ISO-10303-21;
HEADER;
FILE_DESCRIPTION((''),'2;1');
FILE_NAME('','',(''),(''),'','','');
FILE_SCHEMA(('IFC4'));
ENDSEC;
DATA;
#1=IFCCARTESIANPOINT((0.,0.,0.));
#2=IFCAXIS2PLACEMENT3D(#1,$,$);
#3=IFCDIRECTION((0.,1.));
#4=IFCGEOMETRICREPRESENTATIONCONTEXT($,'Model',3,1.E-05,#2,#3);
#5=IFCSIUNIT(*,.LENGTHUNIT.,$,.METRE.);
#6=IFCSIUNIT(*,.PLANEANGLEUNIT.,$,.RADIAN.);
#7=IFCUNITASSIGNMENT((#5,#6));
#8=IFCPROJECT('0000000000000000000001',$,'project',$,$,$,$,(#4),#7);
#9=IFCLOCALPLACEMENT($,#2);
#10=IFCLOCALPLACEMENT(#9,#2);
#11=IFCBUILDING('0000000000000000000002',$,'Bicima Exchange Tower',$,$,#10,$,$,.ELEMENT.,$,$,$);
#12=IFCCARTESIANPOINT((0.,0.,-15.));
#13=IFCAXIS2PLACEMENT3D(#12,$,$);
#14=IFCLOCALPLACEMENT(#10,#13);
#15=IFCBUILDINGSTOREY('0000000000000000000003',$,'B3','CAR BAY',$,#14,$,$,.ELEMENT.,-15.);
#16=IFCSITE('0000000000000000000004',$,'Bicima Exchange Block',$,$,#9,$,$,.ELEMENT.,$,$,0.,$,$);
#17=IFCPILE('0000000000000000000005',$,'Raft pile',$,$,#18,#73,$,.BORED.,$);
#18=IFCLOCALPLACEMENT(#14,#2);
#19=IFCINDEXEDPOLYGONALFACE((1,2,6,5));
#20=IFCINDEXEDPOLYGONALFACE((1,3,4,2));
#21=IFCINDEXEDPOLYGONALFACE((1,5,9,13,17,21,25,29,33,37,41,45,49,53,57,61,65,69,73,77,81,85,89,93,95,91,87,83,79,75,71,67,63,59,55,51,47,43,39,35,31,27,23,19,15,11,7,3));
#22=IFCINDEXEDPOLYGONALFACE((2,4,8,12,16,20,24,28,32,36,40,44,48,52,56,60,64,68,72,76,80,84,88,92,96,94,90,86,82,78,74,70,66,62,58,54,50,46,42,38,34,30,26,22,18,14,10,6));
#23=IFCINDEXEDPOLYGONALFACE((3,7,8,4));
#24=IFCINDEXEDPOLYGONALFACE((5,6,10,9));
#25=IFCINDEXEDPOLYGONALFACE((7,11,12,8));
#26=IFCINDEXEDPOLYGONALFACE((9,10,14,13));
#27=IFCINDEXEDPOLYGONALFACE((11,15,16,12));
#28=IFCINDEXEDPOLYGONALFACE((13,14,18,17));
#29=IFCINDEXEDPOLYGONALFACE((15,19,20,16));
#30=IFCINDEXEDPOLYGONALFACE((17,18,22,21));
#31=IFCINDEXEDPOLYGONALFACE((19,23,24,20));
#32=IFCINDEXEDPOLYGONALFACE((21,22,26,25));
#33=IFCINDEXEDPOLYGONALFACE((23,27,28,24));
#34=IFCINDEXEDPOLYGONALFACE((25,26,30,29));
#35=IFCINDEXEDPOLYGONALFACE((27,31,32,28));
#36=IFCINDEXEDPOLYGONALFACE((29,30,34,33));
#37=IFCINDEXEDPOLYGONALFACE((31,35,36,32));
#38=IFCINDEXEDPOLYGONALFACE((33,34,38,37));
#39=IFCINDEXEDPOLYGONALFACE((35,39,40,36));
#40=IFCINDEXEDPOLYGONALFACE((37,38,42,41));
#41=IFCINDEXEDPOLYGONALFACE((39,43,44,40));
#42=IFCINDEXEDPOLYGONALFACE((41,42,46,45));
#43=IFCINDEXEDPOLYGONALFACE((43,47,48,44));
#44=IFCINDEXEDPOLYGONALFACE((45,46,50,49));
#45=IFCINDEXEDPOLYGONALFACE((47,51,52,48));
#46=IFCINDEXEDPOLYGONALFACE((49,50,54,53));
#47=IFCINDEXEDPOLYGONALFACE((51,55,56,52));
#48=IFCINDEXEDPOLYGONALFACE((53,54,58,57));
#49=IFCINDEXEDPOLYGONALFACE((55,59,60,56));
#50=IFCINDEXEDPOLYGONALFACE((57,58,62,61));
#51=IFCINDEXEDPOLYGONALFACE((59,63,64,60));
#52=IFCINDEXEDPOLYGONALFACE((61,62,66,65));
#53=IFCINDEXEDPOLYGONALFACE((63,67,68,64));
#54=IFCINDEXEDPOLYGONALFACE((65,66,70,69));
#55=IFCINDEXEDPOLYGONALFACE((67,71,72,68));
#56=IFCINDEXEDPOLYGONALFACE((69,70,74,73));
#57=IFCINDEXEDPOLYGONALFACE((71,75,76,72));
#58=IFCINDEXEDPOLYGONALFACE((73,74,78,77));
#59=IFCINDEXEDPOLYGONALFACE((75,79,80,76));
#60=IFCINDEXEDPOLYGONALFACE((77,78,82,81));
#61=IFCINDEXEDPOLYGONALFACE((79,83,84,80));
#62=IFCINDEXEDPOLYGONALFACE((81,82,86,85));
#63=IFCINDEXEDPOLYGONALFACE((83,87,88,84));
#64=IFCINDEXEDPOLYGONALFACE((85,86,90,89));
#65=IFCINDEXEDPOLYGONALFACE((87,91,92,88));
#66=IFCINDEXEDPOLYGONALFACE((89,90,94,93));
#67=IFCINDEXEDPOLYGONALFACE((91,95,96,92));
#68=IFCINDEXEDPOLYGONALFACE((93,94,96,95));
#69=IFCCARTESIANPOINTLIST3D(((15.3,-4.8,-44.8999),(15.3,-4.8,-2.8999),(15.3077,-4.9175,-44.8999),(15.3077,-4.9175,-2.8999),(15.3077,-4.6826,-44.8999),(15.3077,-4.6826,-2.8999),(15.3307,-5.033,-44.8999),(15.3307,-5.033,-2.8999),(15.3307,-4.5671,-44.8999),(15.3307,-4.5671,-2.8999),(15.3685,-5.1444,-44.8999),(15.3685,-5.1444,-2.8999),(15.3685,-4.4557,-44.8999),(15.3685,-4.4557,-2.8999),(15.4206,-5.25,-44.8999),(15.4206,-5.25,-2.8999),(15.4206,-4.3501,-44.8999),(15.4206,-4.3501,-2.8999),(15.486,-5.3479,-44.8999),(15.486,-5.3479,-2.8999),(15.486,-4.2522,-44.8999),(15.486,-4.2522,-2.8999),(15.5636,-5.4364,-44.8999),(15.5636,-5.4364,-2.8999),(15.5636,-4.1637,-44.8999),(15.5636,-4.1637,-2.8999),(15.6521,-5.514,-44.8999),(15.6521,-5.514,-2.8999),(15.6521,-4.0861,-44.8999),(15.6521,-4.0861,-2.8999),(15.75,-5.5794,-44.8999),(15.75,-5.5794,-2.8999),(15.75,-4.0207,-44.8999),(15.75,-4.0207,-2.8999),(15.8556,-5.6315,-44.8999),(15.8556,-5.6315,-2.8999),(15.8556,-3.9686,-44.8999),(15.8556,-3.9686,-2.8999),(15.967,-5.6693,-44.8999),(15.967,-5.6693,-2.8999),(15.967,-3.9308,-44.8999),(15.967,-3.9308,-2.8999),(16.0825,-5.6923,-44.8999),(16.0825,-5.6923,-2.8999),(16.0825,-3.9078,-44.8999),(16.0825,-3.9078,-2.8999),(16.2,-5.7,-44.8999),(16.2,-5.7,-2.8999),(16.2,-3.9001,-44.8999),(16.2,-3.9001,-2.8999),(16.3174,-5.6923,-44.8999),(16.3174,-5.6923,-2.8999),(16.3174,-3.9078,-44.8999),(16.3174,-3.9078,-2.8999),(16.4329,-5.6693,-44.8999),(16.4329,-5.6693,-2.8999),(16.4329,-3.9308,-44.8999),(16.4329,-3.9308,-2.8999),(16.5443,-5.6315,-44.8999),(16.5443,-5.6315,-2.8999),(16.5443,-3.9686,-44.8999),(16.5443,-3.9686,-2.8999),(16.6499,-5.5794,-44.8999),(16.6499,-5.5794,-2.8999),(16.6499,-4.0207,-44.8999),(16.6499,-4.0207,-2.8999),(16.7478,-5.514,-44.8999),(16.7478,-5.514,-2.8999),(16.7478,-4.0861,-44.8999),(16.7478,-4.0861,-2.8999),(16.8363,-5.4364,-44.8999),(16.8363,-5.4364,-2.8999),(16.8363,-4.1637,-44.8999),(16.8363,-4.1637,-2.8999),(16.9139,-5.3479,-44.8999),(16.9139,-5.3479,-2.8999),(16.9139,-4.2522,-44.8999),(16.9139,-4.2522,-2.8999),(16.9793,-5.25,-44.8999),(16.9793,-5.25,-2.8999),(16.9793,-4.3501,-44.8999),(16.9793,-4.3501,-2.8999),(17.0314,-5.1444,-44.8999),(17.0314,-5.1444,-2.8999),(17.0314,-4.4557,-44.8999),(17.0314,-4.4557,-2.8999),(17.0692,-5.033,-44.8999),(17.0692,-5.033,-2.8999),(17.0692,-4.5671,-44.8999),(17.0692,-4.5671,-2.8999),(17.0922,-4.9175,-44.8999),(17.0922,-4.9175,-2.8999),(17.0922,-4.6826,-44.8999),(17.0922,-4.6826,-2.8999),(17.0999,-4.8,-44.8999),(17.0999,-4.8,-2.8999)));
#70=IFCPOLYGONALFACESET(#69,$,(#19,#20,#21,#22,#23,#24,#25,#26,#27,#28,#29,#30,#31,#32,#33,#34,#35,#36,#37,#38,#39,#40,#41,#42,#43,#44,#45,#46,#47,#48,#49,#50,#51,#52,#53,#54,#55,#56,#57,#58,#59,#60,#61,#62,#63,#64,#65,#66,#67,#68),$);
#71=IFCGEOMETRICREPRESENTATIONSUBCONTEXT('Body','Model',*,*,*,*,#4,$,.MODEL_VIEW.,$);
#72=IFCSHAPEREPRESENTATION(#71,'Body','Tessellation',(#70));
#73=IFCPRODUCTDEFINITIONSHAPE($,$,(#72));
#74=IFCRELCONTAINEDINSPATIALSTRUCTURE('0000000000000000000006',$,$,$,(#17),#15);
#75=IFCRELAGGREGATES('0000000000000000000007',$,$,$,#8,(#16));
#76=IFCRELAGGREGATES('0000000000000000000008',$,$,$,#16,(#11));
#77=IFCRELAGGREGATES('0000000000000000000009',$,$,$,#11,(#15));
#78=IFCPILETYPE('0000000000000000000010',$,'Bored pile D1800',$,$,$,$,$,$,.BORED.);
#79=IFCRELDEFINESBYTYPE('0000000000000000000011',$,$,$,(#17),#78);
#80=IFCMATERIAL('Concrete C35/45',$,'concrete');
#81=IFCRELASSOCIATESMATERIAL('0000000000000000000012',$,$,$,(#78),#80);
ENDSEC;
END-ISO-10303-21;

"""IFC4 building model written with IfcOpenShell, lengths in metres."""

from ifc_helpers import new_model, si_unit, direction, frame, origin, origin_2d, place, context, subcontext, project, spatial, circle, extrude, material, material_profile, profile_set, type_object, element, save


model = new_model("IFC4")

# Units and contexts
model_context = context("Model", 3, precision=1e-05, world=origin(), true_north=direction((0.0, 1.0)))
body_context = subcontext(model_context, "Body", "Model", "MODEL_VIEW")
ifc_project = project(units=[si_unit("LENGTHUNIT", "METRE"), si_unit("PLANEANGLEUNIT", "RADIAN")], contexts=[model_context])

# Site, building, storey
site_placement = place(None, origin())
site = spatial("IfcSite", under=ifc_project, at=site_placement, Name="Bicima Exchange Block", CompositionType="ELEMENT", RefElevation=0.0)
building_placement = place(site_placement, origin())
building = spatial("IfcBuilding", under=site, at=building_placement, Name="Bicima Exchange Tower", CompositionType="ELEMENT")
storey_placement = place(building_placement, frame((0.0, 0.0, -15.0)))
storey = spatial("IfcBuildingStorey", under=building, at=storey_placement, Name="B3", Description="CAR BAY", CompositionType="ELEMENT", Elevation=-15.0)

# Pile
ifc_material_1 = material(Name="Concrete C35/45", Category="concrete")
ifc_material_profile = material_profile(ifc_material_1, circle(Radius=0.8999, at=origin_2d()))
ifc_profile_set = profile_set([ifc_material_profile], Name="Concrete C35/45")
pile_type = type_object("IfcPileType", Name="Bored pile D1800", PredefinedType="BORED", material=ifc_profile_set)
for number, where, z_axis, x_axis, name in (
    (1, (16.2, -4.8, -2.8999), (0.0, 0.0, -1.0), (1.0, 0.0, 0.0), "Raft pile"),
):
    element("IfcPile", number, at=place(storey_placement, frame(where, z_axis=z_axis, x_axis=x_axis)), inside=storey, type_object=pile_type, Name=name, PredefinedType="BORED", context=body_context, shape_type="SweptSolid", body=[
        extrude(circle(Radius=0.8999, at=origin_2d()), origin(), (0.0, 0.0, 1.0), 42.0),
    ])

save(model, "model.ifc")
